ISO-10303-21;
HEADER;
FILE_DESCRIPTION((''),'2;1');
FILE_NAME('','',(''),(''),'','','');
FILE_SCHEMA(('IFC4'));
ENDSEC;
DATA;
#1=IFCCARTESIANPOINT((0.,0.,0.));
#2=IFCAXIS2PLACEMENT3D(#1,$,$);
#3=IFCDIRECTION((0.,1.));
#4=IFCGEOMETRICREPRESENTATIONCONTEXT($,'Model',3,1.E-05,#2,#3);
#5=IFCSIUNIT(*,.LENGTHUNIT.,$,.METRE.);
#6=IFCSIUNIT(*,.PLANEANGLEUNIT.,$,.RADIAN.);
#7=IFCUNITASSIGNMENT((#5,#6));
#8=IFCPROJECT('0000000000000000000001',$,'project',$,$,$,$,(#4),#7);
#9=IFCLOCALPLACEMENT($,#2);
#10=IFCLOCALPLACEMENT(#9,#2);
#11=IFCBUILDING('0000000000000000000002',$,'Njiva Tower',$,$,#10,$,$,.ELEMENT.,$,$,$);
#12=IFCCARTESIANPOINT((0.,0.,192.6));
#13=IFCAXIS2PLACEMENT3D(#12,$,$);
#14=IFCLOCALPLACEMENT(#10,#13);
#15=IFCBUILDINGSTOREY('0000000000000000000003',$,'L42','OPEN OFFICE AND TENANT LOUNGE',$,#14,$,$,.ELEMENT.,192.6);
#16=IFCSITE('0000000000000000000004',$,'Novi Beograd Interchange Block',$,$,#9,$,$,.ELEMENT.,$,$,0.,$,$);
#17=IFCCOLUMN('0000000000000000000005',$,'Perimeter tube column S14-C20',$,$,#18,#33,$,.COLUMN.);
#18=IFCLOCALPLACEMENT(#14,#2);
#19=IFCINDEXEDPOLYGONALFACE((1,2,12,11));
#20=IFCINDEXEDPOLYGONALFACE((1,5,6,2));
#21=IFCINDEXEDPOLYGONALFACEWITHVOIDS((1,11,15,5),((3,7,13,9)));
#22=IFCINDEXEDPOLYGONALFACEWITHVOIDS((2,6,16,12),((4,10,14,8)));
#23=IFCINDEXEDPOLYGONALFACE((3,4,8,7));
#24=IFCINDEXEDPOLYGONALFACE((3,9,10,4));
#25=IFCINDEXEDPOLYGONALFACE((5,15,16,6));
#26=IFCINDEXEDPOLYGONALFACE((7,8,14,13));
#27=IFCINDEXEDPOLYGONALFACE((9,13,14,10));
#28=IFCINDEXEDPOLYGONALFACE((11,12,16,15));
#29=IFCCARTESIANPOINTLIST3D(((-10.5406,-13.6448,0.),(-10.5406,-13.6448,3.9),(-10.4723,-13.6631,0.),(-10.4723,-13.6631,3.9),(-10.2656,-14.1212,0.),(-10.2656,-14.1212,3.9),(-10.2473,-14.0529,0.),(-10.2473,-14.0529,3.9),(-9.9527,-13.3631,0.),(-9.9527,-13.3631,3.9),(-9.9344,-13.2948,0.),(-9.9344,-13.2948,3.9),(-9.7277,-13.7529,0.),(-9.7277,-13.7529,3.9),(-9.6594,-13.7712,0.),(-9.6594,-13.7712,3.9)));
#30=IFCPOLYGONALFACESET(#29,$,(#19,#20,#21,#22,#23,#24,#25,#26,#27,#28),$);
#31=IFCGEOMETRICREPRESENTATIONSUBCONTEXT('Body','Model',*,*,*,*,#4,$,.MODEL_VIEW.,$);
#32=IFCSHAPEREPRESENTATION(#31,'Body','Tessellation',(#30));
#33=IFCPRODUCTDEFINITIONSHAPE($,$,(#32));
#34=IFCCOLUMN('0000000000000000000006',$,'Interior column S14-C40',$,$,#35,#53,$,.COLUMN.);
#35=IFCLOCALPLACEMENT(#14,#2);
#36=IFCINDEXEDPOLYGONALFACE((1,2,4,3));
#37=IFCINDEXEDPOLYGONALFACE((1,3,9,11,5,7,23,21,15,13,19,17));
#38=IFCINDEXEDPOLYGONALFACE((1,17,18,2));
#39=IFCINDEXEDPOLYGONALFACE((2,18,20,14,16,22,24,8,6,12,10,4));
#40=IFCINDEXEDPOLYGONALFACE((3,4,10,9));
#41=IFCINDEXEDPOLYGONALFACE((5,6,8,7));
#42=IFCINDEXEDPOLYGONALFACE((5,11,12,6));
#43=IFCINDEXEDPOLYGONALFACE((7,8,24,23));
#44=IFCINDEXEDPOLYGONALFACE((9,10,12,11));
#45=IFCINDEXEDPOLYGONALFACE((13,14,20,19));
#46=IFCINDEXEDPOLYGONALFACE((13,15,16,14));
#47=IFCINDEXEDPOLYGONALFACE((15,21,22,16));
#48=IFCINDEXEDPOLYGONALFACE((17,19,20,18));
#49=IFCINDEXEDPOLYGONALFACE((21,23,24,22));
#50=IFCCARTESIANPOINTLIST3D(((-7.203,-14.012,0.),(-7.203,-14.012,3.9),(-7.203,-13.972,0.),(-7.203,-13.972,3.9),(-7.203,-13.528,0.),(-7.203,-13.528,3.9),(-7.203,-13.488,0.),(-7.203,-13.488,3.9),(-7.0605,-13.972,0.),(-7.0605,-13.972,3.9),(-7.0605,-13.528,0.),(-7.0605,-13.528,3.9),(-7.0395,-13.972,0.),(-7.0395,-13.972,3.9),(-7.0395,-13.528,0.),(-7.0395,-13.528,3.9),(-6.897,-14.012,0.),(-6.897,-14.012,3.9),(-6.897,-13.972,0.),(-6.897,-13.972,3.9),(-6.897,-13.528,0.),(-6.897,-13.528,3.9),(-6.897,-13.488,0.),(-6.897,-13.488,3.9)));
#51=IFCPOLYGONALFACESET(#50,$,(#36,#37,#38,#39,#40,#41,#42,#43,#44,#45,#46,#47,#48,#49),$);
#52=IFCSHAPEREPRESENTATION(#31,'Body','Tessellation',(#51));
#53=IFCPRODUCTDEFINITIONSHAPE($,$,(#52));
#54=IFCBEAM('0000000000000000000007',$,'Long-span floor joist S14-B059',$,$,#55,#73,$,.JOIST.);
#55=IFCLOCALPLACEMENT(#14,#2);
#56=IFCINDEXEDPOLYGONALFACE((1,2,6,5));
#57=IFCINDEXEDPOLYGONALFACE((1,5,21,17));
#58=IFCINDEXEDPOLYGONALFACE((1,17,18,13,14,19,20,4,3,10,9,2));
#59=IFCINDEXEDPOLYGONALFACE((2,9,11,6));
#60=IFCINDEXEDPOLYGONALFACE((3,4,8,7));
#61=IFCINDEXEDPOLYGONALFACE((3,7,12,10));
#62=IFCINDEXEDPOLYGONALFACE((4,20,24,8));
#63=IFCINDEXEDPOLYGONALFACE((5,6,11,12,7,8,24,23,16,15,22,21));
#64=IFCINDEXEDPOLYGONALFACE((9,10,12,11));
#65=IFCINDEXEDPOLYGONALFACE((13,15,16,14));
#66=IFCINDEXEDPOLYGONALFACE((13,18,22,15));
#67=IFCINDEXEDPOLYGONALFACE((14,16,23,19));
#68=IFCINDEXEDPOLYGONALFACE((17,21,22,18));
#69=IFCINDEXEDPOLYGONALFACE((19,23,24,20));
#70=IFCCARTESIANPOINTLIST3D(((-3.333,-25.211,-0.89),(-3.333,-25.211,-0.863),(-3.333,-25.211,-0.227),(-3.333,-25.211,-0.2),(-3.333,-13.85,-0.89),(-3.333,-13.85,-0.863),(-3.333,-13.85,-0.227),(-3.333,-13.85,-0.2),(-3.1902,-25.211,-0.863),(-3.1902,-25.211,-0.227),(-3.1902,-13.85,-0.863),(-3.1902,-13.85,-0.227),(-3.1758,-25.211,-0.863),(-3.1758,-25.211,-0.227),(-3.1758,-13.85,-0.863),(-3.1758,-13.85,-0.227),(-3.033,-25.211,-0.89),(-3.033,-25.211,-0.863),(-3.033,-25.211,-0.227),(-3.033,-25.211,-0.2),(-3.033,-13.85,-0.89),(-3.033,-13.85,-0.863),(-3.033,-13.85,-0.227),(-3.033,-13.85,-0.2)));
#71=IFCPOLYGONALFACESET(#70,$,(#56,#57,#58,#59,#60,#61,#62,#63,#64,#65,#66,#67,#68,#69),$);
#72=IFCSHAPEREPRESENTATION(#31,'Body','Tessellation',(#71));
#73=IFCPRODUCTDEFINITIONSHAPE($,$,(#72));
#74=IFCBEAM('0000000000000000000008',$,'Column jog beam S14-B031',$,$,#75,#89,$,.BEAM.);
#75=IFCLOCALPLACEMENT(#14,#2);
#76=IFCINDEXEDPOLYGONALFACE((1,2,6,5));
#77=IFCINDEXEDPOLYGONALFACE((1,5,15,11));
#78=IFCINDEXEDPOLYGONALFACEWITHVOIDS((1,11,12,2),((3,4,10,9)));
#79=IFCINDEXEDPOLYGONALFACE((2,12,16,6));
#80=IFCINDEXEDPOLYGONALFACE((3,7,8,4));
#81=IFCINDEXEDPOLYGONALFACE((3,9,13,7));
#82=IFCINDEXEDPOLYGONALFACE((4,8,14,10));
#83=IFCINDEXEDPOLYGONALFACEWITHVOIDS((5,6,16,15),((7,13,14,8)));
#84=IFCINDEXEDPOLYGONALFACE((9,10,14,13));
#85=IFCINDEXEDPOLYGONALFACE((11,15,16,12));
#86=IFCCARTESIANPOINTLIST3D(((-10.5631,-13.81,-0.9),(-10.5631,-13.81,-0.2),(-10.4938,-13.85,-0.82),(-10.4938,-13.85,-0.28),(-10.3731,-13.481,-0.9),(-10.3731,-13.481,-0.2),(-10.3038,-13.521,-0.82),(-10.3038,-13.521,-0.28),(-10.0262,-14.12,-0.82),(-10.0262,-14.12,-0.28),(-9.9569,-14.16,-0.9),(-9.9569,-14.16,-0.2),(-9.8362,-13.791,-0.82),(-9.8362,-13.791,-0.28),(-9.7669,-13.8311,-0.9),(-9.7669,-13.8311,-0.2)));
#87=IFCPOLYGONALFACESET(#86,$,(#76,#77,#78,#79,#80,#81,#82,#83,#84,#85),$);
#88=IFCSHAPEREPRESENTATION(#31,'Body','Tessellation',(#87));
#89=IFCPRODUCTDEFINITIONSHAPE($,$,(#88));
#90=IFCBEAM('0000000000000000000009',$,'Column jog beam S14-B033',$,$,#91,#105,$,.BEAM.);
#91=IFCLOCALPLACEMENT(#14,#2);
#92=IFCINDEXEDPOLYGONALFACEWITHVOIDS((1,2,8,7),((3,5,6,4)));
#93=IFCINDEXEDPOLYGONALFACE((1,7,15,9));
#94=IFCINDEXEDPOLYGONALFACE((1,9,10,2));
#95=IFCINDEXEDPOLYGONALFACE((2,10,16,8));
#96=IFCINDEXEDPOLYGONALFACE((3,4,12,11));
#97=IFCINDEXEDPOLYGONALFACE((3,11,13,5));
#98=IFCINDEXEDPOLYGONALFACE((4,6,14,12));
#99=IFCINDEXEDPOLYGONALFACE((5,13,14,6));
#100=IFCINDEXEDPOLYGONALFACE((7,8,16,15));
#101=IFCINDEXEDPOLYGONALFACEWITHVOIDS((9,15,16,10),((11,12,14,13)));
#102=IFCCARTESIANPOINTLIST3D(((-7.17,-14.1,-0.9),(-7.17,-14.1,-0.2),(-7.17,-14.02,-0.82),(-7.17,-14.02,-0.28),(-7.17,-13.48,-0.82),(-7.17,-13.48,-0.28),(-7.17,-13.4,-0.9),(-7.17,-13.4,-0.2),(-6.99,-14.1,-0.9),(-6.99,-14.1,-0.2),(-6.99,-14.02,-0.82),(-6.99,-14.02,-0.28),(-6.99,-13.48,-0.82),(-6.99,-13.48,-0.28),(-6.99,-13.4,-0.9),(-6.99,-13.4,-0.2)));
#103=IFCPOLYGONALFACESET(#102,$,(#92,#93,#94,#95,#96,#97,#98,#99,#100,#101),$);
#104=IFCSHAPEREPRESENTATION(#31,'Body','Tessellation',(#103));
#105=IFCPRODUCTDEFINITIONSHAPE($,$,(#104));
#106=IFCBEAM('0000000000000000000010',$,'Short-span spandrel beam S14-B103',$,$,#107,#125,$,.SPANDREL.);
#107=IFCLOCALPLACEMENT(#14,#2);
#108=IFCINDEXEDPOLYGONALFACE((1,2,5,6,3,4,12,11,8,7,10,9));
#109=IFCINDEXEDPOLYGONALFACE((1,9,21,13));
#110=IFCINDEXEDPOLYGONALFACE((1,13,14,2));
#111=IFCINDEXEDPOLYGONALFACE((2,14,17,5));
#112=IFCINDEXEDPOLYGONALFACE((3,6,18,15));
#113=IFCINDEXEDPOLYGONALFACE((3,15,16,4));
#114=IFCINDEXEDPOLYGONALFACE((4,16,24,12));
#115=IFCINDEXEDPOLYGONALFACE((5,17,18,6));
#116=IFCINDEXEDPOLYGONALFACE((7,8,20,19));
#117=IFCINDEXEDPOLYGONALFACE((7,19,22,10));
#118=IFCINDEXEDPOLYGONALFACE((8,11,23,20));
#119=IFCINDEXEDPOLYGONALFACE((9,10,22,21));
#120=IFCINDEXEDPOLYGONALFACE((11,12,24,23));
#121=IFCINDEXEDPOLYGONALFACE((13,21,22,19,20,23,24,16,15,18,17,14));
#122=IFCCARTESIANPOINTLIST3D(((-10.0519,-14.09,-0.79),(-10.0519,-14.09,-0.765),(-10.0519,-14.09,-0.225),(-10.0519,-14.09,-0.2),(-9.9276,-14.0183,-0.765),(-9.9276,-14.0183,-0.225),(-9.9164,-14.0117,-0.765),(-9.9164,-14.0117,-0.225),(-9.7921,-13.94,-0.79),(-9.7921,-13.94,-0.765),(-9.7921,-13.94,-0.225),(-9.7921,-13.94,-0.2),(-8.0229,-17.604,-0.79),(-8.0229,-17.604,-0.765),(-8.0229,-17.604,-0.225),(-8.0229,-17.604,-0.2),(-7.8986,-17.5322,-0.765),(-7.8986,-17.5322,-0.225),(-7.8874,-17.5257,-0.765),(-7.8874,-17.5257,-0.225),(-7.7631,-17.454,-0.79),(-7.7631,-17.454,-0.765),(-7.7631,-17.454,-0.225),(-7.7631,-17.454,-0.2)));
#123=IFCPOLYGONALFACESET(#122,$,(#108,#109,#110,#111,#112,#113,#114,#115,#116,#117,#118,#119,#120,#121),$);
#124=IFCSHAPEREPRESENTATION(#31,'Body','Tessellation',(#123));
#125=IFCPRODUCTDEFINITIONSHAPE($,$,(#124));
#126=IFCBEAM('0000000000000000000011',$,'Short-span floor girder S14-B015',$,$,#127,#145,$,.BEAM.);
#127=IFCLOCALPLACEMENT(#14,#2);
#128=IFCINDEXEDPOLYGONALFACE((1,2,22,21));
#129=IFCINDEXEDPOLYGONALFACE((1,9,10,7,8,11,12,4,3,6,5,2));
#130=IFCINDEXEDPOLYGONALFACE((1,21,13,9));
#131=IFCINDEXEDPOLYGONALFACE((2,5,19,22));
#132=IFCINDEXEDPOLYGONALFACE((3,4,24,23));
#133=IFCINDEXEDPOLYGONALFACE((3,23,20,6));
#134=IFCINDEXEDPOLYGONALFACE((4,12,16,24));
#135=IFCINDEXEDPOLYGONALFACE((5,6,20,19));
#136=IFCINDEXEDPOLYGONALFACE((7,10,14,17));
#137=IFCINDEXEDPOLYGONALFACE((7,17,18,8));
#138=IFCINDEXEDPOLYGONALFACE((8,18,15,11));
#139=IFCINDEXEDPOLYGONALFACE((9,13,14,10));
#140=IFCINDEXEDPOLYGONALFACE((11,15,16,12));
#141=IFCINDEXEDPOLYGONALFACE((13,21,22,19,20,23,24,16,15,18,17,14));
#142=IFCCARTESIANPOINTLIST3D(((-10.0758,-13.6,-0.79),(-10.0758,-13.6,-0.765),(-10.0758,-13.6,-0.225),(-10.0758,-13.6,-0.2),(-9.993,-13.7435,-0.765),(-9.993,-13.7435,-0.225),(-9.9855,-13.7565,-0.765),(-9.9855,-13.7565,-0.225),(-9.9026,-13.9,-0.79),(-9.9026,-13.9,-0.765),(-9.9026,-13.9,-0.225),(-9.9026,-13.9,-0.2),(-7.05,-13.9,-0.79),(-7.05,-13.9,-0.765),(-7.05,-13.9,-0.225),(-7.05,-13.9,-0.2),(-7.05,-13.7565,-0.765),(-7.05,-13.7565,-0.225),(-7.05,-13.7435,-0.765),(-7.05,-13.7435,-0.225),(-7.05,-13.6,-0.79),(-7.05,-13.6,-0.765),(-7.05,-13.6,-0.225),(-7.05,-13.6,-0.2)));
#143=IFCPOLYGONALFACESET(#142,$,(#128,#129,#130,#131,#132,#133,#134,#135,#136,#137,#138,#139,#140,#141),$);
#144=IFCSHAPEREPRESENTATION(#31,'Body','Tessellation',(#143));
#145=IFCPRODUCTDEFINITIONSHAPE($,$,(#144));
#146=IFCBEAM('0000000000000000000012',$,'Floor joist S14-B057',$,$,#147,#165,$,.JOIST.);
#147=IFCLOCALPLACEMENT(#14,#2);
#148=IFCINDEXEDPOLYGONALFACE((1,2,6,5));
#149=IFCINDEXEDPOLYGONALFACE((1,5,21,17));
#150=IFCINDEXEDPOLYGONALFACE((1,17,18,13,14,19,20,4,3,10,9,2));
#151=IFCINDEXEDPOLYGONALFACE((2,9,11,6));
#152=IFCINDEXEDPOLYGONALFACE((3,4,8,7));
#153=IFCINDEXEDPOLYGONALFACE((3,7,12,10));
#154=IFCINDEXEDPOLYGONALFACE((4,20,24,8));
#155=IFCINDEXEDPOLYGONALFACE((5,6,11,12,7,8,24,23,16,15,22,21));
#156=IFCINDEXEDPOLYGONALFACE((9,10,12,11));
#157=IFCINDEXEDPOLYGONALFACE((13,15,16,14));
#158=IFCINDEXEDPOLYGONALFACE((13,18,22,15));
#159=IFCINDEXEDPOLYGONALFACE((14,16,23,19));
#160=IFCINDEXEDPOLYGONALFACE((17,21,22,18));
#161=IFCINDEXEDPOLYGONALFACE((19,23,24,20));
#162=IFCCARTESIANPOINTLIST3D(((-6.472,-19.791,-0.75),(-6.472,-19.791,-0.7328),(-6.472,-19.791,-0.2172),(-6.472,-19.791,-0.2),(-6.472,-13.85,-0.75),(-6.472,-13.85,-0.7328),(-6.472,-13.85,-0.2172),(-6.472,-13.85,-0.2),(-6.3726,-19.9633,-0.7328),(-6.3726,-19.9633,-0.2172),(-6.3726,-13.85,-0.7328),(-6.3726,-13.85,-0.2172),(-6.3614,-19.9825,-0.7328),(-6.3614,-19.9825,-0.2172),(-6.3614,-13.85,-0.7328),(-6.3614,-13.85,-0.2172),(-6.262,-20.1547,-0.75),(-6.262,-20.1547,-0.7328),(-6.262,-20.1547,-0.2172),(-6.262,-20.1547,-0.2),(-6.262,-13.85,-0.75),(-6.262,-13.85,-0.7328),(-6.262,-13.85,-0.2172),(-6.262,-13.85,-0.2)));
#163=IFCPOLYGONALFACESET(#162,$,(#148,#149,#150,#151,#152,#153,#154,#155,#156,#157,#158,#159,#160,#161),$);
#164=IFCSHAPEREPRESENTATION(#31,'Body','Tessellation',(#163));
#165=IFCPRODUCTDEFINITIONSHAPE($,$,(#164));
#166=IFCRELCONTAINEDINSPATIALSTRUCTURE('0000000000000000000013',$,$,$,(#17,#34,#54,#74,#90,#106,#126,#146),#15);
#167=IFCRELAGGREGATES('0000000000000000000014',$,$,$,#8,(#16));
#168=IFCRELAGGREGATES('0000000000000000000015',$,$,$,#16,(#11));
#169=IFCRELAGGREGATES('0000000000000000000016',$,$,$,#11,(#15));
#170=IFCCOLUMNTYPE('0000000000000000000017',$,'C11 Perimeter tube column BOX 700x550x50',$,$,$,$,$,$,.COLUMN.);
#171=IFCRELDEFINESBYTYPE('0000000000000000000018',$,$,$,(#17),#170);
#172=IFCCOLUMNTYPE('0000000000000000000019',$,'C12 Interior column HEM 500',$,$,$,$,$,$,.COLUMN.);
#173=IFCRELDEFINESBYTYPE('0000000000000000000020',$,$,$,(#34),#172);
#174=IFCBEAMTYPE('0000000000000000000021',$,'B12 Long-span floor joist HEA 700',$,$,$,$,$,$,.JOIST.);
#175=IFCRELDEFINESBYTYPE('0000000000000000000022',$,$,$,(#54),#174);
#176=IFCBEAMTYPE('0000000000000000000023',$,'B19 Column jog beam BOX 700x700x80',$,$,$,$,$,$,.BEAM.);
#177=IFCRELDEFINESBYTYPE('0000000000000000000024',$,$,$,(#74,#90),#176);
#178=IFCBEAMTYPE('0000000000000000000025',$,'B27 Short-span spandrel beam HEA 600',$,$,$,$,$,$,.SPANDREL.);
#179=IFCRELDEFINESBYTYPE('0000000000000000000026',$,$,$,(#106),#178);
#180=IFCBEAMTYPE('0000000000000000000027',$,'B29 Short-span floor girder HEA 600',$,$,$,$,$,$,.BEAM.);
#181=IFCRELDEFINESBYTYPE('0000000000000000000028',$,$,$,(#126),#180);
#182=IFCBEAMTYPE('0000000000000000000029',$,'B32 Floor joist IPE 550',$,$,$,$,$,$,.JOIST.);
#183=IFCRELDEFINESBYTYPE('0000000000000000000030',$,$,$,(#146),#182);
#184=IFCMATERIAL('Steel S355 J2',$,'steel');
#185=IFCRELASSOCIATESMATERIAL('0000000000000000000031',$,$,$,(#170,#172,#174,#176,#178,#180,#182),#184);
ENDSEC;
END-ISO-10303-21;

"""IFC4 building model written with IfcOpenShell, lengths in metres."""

from ifc_helpers import new_model, si_unit, direction, frame, origin, origin_2d, place, context, subcontext, project, spatial, hollow_rectangle, i_section, extrude, clip, halfspace, material, material_profile, profile_set, type_object, element, save


model = new_model("IFC4")

# Units and contexts
model_context = context("Model", 3, precision=1e-05, world=origin(), true_north=direction((0.0, 1.0)))
body_context = subcontext(model_context, "Body", "Model", "MODEL_VIEW")
ifc_project = project(units=[si_unit("LENGTHUNIT", "METRE"), si_unit("PLANEANGLEUNIT", "RADIAN")], contexts=[model_context])

# Site, building, storey
site_placement = place(None, origin())
site = spatial("IfcSite", under=ifc_project, at=site_placement, Name="Novi Beograd Interchange Block", CompositionType="ELEMENT", RefElevation=0.0)
building_placement = place(site_placement, origin())
building = spatial("IfcBuilding", under=site, at=building_placement, Name="Njiva Tower", CompositionType="ELEMENT")
storey_placement = place(building_placement, frame((0.0, 0.0, 192.6)))
storey = spatial("IfcBuildingStorey", under=building, at=storey_placement, Name="L42", Description="OPEN OFFICE AND TENANT LOUNGE", CompositionType="ELEMENT", Elevation=192.6)

# Columns
ifc_material_1 = material(Name="Steel S355 J2", Category="steel")
ifc_material_profile_1 = material_profile(ifc_material_1, hollow_rectangle(XDim=0.55, YDim=0.7, WallThickness=0.05, at=origin_2d()), Name="BOX 700x550x50")
ifc_profile_set_1 = profile_set([ifc_material_profile_1], Name="Steel S355 J2")
column_type_1 = type_object("IfcColumnType", Name="C11 Perimeter tube column BOX 700x550x50", PredefinedType="COLUMN", material=ifc_profile_set_1)
column_1_placement = place(storey_placement, frame((-10.1, -13.708, 0.0), z_axis=(0.0, 0.0, 1.0), x_axis=(0.5, -0.866025, 0.0)))
element("IfcColumn", 1, at=column_1_placement, inside=storey, type_object=column_type_1, Name="Perimeter tube column S14-C20", PredefinedType="COLUMN", context=body_context, shape_type="SweptSolid", body=[
    extrude(hollow_rectangle(XDim=0.55, YDim=0.7, WallThickness=0.05, at=origin_2d()), origin(), (0.0, 0.0, 1.0), 3.9),
])
ifc_material_profile_2 = material_profile(ifc_material_1, i_section(OverallWidth=0.306, OverallDepth=0.524, WebThickness=0.021, FlangeThickness=0.04, at=origin_2d()), Name="HEM 500")
ifc_profile_set_2 = profile_set([ifc_material_profile_2], Name="Steel S355 J2")
column_type_2 = type_object("IfcColumnType", Name="C12 Interior column HEM 500", PredefinedType="COLUMN", material=ifc_profile_set_2)
column_2_placement = place(storey_placement, frame((-7.05, -13.75, 0.0), z_axis=(0.0, 0.0, 1.0), x_axis=(1.0, 0.0, 0.0)))
element("IfcColumn", 2, at=column_2_placement, inside=storey, type_object=column_type_2, Name="Interior column S14-C40", PredefinedType="COLUMN", context=body_context, shape_type="SweptSolid", body=[
    extrude(i_section(OverallWidth=0.306, OverallDepth=0.524, WebThickness=0.021, FlangeThickness=0.04, at=origin_2d()), origin(), (0.0, 0.0, 1.0), 3.9),
])

# Beams
ifc_material_profile_3 = material_profile(ifc_material_1, i_section(OverallWidth=0.3, OverallDepth=0.69, WebThickness=0.0145, FlangeThickness=0.027, at=origin_2d()), Name="HEA 700")
ifc_profile_set_3 = profile_set([ifc_material_profile_3], Name="Steel S355 J2")
beam_type_1 = type_object("IfcBeamType", Name="B12 Long-span floor joist HEA 700", PredefinedType="JOIST", material=ifc_profile_set_3)
beam_1_placement = place(storey_placement, frame((-3.183, -13.85, -0.545), z_axis=(0.0, -1.0, 0.0), x_axis=(1.0, 0.0, 0.0)))
element("IfcBeam", 3, at=beam_1_placement, inside=storey, type_object=beam_type_1, Name="Long-span floor joist S14-B059", PredefinedType="JOIST", context=body_context, shape_type="SweptSolid", body=[
    extrude(i_section(OverallWidth=0.3, OverallDepth=0.69, WebThickness=0.0145, FlangeThickness=0.027, at=origin_2d()), origin(), (0.0, 0.0, 1.0), 11.361),
])
ifc_material_profile_4 = material_profile(ifc_material_1, hollow_rectangle(XDim=0.7, YDim=0.7, WallThickness=0.08, at=origin_2d()), Name="BOX 700x700x80")
ifc_profile_set_4 = profile_set([ifc_material_profile_4], Name="Steel S355 J2")
beam_type_2 = type_object("IfcBeamType", Name="B19 Column jog beam BOX 700x700x80", PredefinedType="BEAM", material=ifc_profile_set_4)
beam_2_placement = place(storey_placement, frame((-10.26, -13.985, -0.55), z_axis=(0.500102, 0.865966, 0.0), x_axis=(-0.865966, 0.500102, 0.0)))
element("IfcBeam", 4, at=beam_2_placement, inside=storey, type_object=beam_type_2, Name="Column jog beam S14-B031", PredefinedType="BEAM", context=body_context, shape_type="SweptSolid", body=[
    extrude(hollow_rectangle(XDim=0.7, YDim=0.7, WallThickness=0.08, at=origin_2d()), origin(), (0.0, 0.0, 1.0), 0.3799),
])
beam_3_placement = place(storey_placement, frame((-7.17, -13.75, -0.55), z_axis=(1.0, 0.0, 0.0), x_axis=(0.0, 1.0, 0.0)))
element("IfcBeam", 5, at=beam_3_placement, inside=storey, type_object=beam_type_2, Name="Column jog beam S14-B033", PredefinedType="BEAM", context=body_context, shape_type="SweptSolid", body=[
    extrude(hollow_rectangle(XDim=0.7, YDim=0.7, WallThickness=0.08, at=origin_2d()), origin(), (0.0, 0.0, 1.0), 0.18),
])
ifc_material_profile_5 = material_profile(ifc_material_1, i_section(OverallWidth=0.3, OverallDepth=0.59, WebThickness=0.013, FlangeThickness=0.025, at=origin_2d()), Name="HEA 600")
ifc_profile_set_5 = profile_set([ifc_material_profile_5], Name="Steel S355 J2")
beam_type_3 = type_object("IfcBeamType", Name="B27 Short-span spandrel beam HEA 600", PredefinedType="SPANDREL", material=ifc_profile_set_5)
beam_4_placement = place(storey_placement, frame((-9.922, -14.015, -0.495), z_axis=(0.500035, -0.866005, 0.0), x_axis=(0.866005, 0.500035, 0.0)))
element("IfcBeam", 6, at=beam_4_placement, inside=storey, type_object=beam_type_3, Name="Short-span spandrel beam S14-B103", PredefinedType="SPANDREL", context=body_context, shape_type="SweptSolid", body=[
    extrude(i_section(OverallWidth=0.3, OverallDepth=0.59, WebThickness=0.013, FlangeThickness=0.025, at=origin_2d()), origin(), (0.0, 0.0, 1.0), 4.0577),
])
ifc_material_profile_6 = material_profile(ifc_material_1, i_section(OverallWidth=0.3, OverallDepth=0.59, WebThickness=0.013, FlangeThickness=0.025, at=origin_2d()), Name="HEA 600")
ifc_profile_set_6 = profile_set([ifc_material_profile_6], Name="Steel S355 J2")
beam_type_4 = type_object("IfcBeamType", Name="B29 Short-span floor girder HEA 600", PredefinedType="BEAM", material=ifc_profile_set_6)
beam_5_placement = place(storey_placement, frame((-10.096, -13.75, -0.495), z_axis=(1.0, 0.0, 0.0), x_axis=(0.0, 1.0, 0.0)))
element("IfcBeam", 7, at=beam_5_placement, inside=storey, type_object=beam_type_4, Name="Short-span floor girder S14-B015", PredefinedType="BEAM", context=body_context, shape_type="Clipping", body=[
    clip(extrude(i_section(OverallWidth=0.3, OverallDepth=0.59, WebThickness=0.013, FlangeThickness=0.025, at=origin_2d()), origin(), (0.0, 0.0, 1.0), 3.046), halfspace(frame((-0.025, 0.0, 0.1212), z_axis=(-0.499998, 0.0, -0.866027), x_axis=(0.0, -1.0, 0.0)), False)),
])
ifc_material_profile_7 = material_profile(ifc_material_1, i_section(OverallWidth=0.21, OverallDepth=0.55, WebThickness=0.0111, FlangeThickness=0.0172, at=origin_2d()), Name="IPE 550")
ifc_profile_set_7 = profile_set([ifc_material_profile_7], Name="Steel S355 J2")
beam_type_5 = type_object("IfcBeamType", Name="B32 Floor joist IPE 550", PredefinedType="JOIST", material=ifc_profile_set_7)
beam_6_placement = place(storey_placement, frame((-6.367, -13.85, -0.475), z_axis=(0.0, -1.0, 0.0), x_axis=(1.0, 0.0, 0.0)))
element("IfcBeam", 8, at=beam_6_placement, inside=storey, type_object=beam_type_5, Name="Floor joist S14-B057", PredefinedType="JOIST", context=body_context, shape_type="Clipping", body=[
    clip(extrude(i_section(OverallWidth=0.21, OverallDepth=0.55, WebThickness=0.0111, FlangeThickness=0.0172, at=origin_2d()), origin(), (0.0, 0.0, 1.0), 6.325), halfspace(frame((-0.043, 0.0, 6.0484), z_axis=(-0.866027, 0.0, 0.499998), x_axis=(0.0, 1.0, 0.0)), False)),
])

save(model, "model.ifc")
